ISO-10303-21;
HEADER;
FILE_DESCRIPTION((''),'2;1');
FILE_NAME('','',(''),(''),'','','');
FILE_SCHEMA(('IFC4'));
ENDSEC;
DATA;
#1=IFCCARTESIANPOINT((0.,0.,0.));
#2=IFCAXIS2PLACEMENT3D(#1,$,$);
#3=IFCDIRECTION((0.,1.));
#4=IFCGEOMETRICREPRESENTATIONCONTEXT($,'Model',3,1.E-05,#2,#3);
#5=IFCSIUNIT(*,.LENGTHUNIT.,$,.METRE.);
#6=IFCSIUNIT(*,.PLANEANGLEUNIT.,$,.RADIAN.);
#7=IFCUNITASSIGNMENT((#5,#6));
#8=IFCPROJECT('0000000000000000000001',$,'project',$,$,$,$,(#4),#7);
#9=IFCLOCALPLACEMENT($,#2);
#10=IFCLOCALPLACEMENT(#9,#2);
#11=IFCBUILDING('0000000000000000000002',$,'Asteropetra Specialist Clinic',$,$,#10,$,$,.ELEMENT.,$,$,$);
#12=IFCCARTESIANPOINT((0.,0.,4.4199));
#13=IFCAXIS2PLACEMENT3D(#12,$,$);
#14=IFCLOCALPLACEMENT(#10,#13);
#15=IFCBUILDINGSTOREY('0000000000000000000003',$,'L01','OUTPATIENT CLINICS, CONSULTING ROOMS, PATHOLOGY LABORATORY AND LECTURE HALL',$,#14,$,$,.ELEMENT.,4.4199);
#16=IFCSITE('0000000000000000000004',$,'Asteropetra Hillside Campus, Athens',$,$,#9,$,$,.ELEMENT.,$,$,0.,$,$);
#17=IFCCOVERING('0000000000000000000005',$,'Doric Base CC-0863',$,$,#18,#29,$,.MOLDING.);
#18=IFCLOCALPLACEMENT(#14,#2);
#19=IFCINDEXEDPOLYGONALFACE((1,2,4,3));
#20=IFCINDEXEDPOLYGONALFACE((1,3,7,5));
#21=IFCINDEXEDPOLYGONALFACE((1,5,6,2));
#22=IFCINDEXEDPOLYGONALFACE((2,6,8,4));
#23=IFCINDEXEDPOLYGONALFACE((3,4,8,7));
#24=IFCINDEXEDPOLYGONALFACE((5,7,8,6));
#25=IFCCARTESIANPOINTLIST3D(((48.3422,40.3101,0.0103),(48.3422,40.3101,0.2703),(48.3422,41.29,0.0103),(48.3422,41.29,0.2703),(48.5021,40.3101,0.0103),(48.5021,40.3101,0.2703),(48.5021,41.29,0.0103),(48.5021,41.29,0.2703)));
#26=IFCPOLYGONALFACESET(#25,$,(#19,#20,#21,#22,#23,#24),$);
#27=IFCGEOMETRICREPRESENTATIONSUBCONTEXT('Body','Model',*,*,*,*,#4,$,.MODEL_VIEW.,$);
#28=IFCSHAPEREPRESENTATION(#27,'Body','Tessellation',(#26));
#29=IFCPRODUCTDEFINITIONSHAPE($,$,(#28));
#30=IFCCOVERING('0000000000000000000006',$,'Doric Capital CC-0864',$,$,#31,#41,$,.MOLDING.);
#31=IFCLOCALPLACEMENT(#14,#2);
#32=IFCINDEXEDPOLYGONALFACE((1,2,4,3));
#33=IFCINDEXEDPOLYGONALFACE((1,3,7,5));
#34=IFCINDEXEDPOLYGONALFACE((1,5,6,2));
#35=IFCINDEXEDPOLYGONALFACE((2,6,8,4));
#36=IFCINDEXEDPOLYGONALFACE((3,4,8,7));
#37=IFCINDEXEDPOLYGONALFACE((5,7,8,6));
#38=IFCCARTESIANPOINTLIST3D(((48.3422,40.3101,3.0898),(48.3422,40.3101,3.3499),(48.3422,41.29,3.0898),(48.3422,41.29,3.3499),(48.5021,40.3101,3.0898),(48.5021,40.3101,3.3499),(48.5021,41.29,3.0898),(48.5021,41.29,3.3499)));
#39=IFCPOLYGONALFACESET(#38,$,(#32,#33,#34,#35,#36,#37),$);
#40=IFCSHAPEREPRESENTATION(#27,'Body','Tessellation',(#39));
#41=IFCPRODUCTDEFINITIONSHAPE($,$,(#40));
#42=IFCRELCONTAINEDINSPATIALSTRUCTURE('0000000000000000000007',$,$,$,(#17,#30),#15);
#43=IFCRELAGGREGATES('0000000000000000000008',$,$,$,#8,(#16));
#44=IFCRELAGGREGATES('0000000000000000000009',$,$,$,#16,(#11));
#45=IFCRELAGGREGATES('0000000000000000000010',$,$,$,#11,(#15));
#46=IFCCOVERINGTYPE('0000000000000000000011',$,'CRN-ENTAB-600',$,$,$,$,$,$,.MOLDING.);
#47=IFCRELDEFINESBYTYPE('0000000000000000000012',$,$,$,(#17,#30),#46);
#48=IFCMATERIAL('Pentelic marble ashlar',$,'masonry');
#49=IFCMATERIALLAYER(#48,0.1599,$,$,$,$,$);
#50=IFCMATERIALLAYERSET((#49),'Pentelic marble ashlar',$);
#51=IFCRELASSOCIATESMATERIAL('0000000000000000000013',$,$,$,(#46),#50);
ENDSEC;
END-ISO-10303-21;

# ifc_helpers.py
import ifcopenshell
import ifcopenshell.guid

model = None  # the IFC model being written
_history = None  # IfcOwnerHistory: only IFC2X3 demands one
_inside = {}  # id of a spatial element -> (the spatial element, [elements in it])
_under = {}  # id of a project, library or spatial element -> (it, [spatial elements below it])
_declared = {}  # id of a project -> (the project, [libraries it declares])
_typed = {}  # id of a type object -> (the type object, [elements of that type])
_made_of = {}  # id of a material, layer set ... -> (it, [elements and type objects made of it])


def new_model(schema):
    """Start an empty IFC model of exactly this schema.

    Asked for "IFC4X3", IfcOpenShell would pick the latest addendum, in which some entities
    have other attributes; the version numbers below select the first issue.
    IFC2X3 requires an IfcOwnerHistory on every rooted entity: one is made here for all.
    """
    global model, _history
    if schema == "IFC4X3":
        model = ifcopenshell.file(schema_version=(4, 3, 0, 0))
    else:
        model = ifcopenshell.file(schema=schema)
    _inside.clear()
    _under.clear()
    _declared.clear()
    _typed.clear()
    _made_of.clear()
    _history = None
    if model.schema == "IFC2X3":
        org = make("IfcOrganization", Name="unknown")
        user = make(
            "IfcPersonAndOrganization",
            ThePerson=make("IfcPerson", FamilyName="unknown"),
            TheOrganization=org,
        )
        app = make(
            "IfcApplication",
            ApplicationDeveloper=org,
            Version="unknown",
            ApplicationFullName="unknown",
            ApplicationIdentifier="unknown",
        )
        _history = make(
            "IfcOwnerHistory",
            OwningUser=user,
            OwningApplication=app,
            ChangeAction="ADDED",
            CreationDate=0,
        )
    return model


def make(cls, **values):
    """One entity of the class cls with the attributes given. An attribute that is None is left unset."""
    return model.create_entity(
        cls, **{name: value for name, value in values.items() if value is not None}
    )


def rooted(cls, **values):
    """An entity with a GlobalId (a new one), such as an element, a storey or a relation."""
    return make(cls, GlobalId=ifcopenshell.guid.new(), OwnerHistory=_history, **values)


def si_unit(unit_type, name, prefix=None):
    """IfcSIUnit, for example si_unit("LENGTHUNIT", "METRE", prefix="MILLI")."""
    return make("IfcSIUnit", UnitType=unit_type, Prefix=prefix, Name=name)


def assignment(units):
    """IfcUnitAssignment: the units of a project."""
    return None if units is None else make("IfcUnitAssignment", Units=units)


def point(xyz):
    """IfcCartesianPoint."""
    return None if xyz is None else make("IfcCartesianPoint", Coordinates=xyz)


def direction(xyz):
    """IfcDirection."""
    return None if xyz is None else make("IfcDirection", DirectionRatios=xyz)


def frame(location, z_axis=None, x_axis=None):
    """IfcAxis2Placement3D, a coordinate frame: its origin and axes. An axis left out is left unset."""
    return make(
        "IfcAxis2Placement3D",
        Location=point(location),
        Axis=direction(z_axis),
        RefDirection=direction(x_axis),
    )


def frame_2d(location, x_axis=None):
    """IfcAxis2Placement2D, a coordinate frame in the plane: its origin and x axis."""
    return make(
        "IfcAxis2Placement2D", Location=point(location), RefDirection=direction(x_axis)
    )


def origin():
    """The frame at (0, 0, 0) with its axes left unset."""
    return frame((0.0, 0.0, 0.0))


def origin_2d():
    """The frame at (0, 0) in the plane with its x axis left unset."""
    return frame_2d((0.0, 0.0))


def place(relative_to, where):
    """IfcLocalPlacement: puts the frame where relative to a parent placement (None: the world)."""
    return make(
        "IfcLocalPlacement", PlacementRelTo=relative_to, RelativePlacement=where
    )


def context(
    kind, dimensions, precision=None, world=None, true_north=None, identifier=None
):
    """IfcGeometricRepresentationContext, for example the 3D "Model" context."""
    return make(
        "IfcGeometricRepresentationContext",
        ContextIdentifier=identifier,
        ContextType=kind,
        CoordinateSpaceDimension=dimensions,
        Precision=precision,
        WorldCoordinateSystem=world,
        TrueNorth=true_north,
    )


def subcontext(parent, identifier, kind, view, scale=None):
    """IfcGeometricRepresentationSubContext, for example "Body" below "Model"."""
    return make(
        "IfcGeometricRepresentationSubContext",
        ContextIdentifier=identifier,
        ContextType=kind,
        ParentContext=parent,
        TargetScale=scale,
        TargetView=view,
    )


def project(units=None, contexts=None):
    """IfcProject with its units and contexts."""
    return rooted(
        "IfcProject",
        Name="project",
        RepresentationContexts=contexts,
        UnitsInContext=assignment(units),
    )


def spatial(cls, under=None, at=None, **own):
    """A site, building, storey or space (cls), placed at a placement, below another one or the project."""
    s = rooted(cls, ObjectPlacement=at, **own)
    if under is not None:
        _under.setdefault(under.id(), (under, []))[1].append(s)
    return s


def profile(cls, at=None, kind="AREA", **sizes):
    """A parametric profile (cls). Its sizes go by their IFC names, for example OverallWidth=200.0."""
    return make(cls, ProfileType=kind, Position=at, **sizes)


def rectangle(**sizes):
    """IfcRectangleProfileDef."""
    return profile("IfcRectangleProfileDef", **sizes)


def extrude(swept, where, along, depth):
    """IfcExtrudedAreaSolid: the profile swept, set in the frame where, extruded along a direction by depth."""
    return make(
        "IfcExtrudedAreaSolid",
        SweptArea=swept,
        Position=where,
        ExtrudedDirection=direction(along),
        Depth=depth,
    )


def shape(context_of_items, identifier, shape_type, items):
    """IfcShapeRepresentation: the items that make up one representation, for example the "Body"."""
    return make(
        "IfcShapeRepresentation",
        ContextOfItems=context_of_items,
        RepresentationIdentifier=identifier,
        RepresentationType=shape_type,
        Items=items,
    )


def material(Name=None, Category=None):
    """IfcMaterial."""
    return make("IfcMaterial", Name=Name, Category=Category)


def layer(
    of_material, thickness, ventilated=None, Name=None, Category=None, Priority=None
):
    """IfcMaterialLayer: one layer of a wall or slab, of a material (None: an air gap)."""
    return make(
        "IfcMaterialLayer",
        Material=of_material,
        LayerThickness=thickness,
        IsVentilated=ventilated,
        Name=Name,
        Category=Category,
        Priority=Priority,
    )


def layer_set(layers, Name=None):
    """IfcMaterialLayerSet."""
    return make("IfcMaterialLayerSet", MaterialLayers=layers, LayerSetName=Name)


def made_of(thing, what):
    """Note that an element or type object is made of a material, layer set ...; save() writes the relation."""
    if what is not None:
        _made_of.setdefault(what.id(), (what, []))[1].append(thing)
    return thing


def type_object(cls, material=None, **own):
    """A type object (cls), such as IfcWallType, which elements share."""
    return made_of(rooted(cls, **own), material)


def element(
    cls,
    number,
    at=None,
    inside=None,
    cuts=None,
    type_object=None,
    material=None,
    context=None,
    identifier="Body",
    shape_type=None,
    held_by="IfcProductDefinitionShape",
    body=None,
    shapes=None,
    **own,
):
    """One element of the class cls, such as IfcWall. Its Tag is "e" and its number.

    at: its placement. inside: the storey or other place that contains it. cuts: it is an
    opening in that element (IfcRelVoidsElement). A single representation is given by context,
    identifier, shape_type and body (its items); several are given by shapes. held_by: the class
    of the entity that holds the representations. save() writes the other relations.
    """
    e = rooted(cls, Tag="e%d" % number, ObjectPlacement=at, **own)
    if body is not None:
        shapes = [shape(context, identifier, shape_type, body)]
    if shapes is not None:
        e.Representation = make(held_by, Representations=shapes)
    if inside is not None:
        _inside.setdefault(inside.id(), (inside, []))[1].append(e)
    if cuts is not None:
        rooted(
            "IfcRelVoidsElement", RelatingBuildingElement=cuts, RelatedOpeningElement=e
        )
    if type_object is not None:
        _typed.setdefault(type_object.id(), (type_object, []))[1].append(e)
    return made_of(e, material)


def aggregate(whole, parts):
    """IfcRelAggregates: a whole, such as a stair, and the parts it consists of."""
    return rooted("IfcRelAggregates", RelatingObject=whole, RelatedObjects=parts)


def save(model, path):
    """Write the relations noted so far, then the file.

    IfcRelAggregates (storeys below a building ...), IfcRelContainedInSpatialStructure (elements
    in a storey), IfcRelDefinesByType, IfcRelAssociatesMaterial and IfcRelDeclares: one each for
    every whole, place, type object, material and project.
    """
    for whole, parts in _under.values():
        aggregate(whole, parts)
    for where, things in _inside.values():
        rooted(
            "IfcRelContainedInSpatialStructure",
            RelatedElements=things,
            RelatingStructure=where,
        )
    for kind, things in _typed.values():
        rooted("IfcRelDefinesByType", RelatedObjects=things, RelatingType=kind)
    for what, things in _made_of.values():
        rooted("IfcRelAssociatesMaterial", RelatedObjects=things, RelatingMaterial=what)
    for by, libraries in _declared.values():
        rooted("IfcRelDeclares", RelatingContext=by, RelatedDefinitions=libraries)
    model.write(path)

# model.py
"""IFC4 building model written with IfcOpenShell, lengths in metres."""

from ifc_helpers import new_model, si_unit, direction, frame, origin, origin_2d, place, context, subcontext, project, spatial, rectangle, extrude, material, layer, layer_set, type_object, element, save


model = new_model("IFC4")

# Units and contexts
model_context = context("Model", 3, precision=1e-05, world=origin(), true_north=direction((0.0, 1.0)))
body_context = subcontext(model_context, "Body", "Model", "MODEL_VIEW")
ifc_project = project(units=[si_unit("LENGTHUNIT", "METRE"), si_unit("PLANEANGLEUNIT", "RADIAN")], contexts=[model_context])

# Site, building, storey
site_placement = place(None, origin())
site = spatial("IfcSite", under=ifc_project, at=site_placement, Name="Asteropetra Hillside Campus, Athens", CompositionType="ELEMENT", RefElevation=0.0)
building_placement = place(site_placement, origin())
building = spatial("IfcBuilding", under=site, at=building_placement, Name="Asteropetra Specialist Clinic", CompositionType="ELEMENT")
storey_placement = place(building_placement, frame((0.0, 0.0, 4.4199)))
storey = spatial("IfcBuildingStorey", under=building, at=storey_placement, Name="L01", Description="OUTPATIENT CLINICS, CONSULTING ROOMS, PATHOLOGY LABORATORY AND LECTURE HALL", CompositionType="ELEMENT", Elevation=4.4199)

# Coverings
ifc_material_1 = material(Name="Pentelic marble ashlar", Category="masonry")
ifc_layer_1 = layer(ifc_material_1, 0.1599)
ifc_layer_set_1 = layer_set([ifc_layer_1], Name="Pentelic marble ashlar")
covering_type = type_object("IfcCoveringType", Name="CRN-ENTAB-600", PredefinedType="MOLDING", material=ifc_layer_set_1)
for number, where, z_axis, x_axis, name in (
    (1, (48.4221, 40.8, 0.0103), (0.0, 0.0, 1.0), (1.0, 0.0, 0.0), "Doric Base CC-0863"),
    (2, (48.4221, 40.8, 3.0898), (0.0, 0.0, 1.0), (1.0, 0.0, 0.0), "Doric Capital CC-0864"),
):
    element("IfcCovering", number, at=place(storey_placement, frame(where, z_axis=z_axis, x_axis=x_axis)), inside=storey, type_object=covering_type, Name=name, PredefinedType="MOLDING", context=body_context, shape_type="SweptSolid", body=[
        extrude(rectangle(XDim=0.1599, YDim=0.98, at=origin_2d()), origin(), (0.0, 0.0, 1.0), 0.26),
    ])

save(model, "model.ifc")
